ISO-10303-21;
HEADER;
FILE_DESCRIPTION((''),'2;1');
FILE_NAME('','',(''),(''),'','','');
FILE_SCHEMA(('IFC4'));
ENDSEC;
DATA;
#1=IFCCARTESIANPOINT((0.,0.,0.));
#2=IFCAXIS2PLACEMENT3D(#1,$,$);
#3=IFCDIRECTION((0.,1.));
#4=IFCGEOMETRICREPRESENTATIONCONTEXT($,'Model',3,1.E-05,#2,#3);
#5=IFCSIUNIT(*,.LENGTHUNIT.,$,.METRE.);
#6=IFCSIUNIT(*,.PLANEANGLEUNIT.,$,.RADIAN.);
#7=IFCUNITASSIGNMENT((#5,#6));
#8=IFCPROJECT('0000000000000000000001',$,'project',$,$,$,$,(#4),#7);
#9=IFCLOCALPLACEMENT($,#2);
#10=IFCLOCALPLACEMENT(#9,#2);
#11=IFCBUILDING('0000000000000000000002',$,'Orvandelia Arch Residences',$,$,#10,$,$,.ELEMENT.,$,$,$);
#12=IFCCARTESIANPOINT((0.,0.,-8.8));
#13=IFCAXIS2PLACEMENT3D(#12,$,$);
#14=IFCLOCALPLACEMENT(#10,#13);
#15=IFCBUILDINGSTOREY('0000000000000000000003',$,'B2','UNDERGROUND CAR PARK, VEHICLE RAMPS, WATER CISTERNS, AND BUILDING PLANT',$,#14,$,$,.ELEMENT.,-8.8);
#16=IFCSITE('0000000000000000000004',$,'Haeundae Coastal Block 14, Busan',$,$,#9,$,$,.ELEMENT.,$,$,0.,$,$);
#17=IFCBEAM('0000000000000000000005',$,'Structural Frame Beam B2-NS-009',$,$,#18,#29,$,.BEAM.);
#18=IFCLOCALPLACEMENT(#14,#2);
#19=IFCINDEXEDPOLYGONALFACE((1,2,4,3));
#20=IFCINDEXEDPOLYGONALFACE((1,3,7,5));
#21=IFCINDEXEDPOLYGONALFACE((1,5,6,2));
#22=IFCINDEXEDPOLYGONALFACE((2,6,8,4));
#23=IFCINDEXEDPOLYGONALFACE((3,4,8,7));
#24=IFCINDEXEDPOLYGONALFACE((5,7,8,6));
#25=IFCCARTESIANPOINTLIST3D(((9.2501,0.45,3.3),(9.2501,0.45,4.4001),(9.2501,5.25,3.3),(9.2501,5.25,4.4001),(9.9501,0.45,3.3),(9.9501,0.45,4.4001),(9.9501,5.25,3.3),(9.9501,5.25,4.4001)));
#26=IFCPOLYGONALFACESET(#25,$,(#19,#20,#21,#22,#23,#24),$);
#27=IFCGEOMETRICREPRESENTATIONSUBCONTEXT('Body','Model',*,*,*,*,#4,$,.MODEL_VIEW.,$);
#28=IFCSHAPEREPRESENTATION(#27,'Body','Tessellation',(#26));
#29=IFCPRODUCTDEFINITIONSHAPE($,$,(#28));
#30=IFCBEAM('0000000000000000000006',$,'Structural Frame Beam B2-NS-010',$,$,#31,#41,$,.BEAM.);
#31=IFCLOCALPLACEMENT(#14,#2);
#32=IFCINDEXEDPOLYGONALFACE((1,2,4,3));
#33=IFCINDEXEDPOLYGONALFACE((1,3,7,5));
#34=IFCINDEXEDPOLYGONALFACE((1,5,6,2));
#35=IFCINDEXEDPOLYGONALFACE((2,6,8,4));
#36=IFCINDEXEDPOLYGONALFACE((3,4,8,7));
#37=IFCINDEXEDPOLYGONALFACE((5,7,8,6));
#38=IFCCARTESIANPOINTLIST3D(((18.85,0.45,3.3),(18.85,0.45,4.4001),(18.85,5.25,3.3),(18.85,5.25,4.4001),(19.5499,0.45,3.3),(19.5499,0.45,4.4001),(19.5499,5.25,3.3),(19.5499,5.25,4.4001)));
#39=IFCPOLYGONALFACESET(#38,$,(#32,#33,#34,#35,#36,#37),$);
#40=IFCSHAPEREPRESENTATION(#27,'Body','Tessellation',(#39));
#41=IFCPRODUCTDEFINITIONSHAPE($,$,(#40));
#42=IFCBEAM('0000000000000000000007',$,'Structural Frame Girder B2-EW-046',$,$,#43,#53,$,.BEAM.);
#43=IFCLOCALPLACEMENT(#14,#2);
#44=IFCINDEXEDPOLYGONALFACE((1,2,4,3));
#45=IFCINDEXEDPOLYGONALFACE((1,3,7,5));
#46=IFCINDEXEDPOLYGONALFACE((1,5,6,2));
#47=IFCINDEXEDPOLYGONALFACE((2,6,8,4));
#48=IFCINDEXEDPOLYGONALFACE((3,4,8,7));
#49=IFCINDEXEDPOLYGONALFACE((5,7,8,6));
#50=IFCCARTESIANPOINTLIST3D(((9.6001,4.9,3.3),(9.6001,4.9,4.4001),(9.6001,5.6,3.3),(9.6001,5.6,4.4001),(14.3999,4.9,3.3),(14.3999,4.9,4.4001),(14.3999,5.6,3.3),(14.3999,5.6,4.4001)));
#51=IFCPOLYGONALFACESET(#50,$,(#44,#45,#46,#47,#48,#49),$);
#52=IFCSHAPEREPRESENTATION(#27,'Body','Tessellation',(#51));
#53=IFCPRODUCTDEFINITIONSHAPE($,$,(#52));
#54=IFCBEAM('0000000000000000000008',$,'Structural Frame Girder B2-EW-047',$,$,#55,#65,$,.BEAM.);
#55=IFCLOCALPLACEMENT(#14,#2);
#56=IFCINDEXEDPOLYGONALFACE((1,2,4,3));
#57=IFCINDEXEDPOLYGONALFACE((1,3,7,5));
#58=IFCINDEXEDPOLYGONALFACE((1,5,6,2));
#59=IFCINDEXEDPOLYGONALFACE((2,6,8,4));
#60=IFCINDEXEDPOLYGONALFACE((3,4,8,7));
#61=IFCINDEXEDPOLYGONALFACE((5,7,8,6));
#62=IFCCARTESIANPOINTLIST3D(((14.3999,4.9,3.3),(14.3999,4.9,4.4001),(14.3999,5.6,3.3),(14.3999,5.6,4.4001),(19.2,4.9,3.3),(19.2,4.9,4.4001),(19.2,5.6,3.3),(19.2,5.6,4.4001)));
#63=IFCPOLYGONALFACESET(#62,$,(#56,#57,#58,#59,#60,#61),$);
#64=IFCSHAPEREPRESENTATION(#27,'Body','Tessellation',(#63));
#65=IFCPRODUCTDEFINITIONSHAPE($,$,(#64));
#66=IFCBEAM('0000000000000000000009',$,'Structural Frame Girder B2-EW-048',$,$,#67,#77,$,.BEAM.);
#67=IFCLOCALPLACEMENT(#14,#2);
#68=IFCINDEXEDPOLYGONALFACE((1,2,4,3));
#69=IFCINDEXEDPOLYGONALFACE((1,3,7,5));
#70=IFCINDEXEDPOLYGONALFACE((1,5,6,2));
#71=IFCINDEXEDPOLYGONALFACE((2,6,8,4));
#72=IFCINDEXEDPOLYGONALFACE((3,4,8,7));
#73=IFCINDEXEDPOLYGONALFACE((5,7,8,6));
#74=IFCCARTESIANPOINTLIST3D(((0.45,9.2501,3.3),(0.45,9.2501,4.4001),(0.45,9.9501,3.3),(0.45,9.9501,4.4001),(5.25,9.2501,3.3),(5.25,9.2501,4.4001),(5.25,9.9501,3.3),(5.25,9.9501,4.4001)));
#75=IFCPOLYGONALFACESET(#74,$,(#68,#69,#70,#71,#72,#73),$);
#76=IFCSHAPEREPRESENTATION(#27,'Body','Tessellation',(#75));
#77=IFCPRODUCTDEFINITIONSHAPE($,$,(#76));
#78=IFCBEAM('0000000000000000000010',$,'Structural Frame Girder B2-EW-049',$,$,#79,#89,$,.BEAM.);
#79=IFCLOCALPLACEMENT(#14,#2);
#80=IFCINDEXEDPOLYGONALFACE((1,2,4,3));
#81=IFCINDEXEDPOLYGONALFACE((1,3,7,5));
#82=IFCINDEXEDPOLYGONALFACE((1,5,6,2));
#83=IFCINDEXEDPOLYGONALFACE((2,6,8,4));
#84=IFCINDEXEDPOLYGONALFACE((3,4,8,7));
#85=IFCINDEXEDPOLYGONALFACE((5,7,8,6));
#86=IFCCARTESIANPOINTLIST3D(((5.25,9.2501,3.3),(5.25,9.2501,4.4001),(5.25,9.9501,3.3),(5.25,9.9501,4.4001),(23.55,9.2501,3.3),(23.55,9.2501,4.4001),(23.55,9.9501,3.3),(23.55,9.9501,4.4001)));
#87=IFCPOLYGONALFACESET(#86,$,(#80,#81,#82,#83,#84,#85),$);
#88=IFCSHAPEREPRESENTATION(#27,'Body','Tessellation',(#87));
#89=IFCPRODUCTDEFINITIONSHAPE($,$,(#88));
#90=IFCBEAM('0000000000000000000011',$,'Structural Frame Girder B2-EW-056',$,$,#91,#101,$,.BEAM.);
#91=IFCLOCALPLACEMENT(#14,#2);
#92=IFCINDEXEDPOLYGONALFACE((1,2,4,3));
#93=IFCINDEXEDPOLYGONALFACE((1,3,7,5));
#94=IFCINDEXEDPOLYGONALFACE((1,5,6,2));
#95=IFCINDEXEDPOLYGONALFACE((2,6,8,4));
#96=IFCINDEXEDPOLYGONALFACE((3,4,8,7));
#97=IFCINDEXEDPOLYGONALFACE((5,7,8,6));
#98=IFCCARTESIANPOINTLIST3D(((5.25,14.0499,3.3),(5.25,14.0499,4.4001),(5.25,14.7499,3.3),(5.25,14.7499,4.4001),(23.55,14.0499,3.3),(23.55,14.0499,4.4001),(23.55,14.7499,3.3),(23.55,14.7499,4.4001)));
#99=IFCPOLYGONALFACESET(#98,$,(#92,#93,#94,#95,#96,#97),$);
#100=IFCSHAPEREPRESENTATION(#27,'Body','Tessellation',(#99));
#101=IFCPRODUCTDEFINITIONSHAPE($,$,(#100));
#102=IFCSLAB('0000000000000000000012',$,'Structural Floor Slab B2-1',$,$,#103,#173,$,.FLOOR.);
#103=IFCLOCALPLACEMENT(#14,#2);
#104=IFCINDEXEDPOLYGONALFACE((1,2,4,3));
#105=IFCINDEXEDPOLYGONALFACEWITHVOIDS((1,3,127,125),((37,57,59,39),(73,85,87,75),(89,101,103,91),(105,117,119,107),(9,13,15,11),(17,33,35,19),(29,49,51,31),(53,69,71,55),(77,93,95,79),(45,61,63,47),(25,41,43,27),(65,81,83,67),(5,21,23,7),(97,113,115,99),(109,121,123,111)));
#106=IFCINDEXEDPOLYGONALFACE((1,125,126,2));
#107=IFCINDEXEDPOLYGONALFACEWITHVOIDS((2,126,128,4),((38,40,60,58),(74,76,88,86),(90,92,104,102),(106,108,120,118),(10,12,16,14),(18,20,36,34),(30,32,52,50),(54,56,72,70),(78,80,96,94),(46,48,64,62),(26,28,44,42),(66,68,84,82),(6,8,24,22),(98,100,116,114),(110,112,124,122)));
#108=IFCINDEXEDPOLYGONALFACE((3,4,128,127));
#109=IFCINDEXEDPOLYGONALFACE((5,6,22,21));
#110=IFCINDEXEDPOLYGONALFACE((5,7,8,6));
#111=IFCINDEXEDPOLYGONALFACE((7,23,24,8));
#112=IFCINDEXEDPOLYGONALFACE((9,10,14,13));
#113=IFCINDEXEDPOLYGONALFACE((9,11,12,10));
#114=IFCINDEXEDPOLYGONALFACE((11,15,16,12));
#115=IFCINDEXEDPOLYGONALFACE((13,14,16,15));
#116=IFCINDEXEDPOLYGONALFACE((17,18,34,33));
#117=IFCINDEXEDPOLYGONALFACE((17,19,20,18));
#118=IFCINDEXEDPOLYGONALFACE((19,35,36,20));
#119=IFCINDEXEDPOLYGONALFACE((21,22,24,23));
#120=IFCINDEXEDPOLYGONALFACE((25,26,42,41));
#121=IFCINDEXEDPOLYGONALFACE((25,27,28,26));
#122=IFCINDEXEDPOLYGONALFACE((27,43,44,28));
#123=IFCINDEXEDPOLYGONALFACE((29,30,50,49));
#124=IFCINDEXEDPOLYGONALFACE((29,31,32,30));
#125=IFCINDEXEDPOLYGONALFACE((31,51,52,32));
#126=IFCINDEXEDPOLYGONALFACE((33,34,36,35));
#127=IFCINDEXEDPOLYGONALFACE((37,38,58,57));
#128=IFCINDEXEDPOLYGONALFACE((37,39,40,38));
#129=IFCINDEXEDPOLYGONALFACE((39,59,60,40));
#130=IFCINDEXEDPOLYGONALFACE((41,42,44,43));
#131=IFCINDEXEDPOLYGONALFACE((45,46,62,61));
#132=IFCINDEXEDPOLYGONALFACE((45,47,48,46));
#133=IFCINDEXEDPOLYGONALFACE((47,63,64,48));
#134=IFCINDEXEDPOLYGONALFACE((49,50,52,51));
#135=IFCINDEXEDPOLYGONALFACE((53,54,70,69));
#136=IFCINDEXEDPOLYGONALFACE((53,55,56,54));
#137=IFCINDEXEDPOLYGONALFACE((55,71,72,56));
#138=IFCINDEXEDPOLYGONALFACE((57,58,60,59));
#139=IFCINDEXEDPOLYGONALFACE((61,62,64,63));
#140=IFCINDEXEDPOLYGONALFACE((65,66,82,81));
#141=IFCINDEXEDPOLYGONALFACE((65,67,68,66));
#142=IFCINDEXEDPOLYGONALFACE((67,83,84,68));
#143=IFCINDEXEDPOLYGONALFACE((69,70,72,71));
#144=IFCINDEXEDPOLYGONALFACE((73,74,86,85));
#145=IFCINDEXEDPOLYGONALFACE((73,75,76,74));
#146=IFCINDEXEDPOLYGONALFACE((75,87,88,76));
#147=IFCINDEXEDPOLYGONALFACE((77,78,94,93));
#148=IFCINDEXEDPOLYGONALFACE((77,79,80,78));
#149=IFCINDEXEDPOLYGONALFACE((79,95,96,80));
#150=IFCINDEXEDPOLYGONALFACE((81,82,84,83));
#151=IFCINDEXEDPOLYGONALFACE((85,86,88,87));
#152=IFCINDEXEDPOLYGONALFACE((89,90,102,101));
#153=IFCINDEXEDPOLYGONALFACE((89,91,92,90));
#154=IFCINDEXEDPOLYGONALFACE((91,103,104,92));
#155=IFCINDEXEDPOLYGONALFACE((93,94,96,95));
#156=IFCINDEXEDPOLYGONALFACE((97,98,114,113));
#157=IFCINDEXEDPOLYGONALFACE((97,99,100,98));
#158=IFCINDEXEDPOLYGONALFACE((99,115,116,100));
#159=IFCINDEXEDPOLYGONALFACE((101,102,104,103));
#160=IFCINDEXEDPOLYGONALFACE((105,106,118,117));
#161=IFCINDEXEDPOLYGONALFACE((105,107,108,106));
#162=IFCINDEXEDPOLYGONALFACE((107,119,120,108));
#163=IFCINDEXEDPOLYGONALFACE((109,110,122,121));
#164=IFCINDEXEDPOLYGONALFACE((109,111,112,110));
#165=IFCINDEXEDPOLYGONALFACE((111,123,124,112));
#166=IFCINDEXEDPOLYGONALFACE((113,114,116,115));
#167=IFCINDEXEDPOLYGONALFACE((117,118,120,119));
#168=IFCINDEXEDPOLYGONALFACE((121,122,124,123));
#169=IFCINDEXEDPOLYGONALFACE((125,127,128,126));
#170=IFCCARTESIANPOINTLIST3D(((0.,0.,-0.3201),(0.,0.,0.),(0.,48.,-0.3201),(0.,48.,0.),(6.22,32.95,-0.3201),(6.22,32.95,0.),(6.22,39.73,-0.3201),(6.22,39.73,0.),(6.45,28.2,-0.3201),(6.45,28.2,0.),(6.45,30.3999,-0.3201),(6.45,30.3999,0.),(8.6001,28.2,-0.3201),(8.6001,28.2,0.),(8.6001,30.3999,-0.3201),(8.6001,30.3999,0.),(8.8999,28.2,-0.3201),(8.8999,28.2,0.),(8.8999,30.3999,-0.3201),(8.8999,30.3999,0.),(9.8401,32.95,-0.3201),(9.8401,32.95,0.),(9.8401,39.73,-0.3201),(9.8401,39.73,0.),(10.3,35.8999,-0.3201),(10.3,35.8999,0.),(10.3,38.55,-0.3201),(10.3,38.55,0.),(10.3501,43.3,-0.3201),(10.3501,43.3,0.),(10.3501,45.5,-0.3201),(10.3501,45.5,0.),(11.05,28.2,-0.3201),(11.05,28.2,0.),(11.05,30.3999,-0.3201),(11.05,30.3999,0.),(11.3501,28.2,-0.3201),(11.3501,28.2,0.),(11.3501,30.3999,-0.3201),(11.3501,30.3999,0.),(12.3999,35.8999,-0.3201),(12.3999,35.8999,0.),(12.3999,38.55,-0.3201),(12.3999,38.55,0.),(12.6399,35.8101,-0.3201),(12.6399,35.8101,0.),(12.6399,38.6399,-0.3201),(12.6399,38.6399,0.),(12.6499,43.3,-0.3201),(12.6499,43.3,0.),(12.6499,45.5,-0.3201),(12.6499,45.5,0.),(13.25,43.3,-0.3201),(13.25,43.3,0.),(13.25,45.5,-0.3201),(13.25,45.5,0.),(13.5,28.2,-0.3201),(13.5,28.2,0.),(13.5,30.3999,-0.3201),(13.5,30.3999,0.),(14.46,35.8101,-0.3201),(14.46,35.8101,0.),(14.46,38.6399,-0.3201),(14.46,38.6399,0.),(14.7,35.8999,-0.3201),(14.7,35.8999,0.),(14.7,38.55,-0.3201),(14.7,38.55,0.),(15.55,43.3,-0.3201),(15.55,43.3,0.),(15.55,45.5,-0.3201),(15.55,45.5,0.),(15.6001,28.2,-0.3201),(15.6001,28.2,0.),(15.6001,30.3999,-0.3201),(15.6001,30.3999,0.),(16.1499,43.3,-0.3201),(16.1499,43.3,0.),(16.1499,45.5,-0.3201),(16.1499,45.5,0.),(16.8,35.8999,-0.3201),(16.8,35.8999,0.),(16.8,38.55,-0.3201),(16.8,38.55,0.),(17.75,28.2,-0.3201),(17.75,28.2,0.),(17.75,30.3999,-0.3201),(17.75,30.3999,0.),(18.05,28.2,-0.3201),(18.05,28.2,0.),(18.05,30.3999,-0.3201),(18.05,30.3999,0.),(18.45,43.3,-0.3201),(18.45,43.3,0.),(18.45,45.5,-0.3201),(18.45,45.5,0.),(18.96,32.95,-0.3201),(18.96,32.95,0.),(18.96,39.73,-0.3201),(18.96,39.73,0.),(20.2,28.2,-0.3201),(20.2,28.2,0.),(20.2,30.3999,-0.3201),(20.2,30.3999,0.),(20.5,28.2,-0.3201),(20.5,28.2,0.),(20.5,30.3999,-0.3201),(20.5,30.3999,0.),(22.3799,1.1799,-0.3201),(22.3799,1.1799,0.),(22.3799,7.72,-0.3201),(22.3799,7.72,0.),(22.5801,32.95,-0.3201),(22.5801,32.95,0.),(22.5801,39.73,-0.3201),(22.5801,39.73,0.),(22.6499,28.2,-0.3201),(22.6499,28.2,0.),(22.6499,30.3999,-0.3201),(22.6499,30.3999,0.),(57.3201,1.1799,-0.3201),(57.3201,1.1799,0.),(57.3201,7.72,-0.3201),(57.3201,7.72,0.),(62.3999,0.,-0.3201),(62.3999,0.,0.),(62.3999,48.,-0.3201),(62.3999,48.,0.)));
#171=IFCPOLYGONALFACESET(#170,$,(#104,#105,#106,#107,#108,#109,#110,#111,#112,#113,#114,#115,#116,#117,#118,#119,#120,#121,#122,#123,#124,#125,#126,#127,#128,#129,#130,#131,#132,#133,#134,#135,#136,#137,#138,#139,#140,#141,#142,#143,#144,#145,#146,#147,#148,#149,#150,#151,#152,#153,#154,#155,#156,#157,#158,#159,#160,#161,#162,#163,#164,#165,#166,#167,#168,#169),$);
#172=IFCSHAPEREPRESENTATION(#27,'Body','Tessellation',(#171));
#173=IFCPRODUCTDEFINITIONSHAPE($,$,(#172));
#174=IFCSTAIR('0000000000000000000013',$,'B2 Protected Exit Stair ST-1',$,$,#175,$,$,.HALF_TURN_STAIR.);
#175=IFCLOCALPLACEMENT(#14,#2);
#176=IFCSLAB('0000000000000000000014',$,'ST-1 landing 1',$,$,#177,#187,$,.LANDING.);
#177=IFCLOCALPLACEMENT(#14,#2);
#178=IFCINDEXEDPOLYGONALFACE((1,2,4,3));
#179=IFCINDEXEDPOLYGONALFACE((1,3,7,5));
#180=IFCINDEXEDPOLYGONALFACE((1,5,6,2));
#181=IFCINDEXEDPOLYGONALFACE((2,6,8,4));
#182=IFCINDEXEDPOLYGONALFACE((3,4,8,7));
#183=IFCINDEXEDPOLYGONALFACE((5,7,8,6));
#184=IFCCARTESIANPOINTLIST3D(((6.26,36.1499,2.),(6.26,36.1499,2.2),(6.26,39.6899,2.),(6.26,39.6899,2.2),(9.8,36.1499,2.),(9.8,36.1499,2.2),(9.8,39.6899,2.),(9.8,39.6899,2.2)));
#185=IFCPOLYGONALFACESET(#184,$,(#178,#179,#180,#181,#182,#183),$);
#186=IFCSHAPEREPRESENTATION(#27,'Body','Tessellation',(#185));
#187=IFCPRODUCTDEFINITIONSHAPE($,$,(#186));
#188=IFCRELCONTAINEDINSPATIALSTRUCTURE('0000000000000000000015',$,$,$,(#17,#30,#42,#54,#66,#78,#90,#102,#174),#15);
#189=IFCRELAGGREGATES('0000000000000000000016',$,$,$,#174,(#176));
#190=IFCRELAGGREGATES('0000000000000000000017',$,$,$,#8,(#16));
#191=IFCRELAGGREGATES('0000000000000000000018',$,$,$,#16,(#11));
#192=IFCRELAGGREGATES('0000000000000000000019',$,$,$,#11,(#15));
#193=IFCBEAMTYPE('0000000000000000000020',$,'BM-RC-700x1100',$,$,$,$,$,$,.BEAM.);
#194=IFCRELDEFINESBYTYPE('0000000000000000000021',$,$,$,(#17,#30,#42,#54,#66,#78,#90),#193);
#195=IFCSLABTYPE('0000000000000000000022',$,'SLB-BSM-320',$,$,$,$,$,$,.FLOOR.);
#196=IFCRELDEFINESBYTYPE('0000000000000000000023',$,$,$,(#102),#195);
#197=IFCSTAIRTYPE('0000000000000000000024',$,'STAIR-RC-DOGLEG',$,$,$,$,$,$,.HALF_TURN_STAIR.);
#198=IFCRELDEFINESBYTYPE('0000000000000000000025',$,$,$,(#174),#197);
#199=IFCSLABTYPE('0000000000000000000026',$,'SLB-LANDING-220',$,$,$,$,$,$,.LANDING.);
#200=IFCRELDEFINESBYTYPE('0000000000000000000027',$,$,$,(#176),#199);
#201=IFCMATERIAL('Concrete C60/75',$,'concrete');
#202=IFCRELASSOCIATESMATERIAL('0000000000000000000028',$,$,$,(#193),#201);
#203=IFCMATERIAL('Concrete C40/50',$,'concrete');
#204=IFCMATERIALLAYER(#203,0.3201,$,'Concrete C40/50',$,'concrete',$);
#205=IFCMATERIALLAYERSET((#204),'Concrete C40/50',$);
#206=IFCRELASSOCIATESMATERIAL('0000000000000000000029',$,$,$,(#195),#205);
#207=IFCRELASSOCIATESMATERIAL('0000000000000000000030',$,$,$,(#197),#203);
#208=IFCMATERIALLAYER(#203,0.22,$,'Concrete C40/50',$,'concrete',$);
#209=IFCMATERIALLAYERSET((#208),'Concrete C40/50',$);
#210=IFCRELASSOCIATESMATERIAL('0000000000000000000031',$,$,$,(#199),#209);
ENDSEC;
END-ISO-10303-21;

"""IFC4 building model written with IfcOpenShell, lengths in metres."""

from ifc_helpers import new_model, si_unit, direction, frame, origin, origin_2d, place, context, subcontext, project, spatial, polyline, rectangle, outline, extrude, material, layer, layer_set, material_profile, profile_set, type_object, element, aggregate, save


model = new_model("IFC4")

# Units and contexts
model_context = context("Model", 3, precision=1e-05, world=origin(), true_north=direction((0.0, 1.0)))
body_context = subcontext(model_context, "Body", "Model", "MODEL_VIEW")
ifc_project = project(units=[si_unit("LENGTHUNIT", "METRE"), si_unit("PLANEANGLEUNIT", "RADIAN")], contexts=[model_context])

# Site, building, storey
site_placement = place(None, origin())
site = spatial("IfcSite", under=ifc_project, at=site_placement, Name="Haeundae Coastal Block 14, Busan", CompositionType="ELEMENT", RefElevation=0.0)
building_placement = place(site_placement, origin())
building = spatial("IfcBuilding", under=site, at=building_placement, Name="Orvandelia Arch Residences", CompositionType="ELEMENT")
storey_placement = place(building_placement, frame((0.0, 0.0, -8.8)))
storey = spatial("IfcBuildingStorey", under=building, at=storey_placement, Name="B2", Description="UNDERGROUND CAR PARK, VEHICLE RAMPS, WATER CISTERNS, AND BUILDING PLANT", CompositionType="ELEMENT", Elevation=-8.8)

# Shared definitions
ifc_material_1 = material(Name="Concrete C60/75", Category="concrete")

# Beams
ifc_material_profile_1 = material_profile(ifc_material_1, rectangle(XDim=0.7, YDim=1.1001, at=origin_2d()), Name="Concrete C60/75", Category="concrete")
ifc_profile_set_1 = profile_set([ifc_material_profile_1], Name="Concrete C60/75")
beam_type = type_object("IfcBeamType", Name="BM-RC-700x1100", PredefinedType="BEAM", material=ifc_profile_set_1)
for number, where, z_axis, x_axis, name in (
    (1, (9.6001, 0.45, 3.8501), (0.0, 1.0, 0.0), (-1.0, 0.0, 0.0), "Structural Frame Beam B2-NS-009"),
    (2, (19.2, 0.45, 3.8501), (0.0, 1.0, 0.0), (-1.0, 0.0, 0.0), "Structural Frame Beam B2-NS-010"),
):
    element("IfcBeam", number, at=place(storey_placement, frame(where, z_axis=z_axis, x_axis=x_axis)), inside=storey, type_object=beam_type, Name=name, PredefinedType="BEAM", context=body_context, shape_type="SweptSolid", body=[
        extrude(rectangle(XDim=0.7, YDim=1.1001, at=origin_2d()), origin(), (0.0, 0.0, 1.0), 4.8),
    ])
beam_1_placement = place(storey_placement, frame((9.6001, 5.25, 3.8501), z_axis=(1.0, 0.0, 0.0), x_axis=(0.0, 1.0, 0.0)))
element("IfcBeam", 3, at=beam_1_placement, inside=storey, type_object=beam_type, Name="Structural Frame Girder B2-EW-046", PredefinedType="BEAM", context=body_context, shape_type="SweptSolid", body=[
    extrude(rectangle(XDim=0.7, YDim=1.1001, at=origin_2d()), origin(), (0.0, 0.0, 1.0), 4.7998),
])
for number, where, z_axis, x_axis, name in (
    (4, (14.3999, 5.25, 3.8501), (1.0, 0.0, 0.0), (0.0, 1.0, 0.0), "Structural Frame Girder B2-EW-047"),
    (5, (0.45, 9.6001, 3.8501), (1.0, 0.0, 0.0), (0.0, 1.0, 0.0), "Structural Frame Girder B2-EW-048"),
):
    element("IfcBeam", number, at=place(storey_placement, frame(where, z_axis=z_axis, x_axis=x_axis)), inside=storey, type_object=beam_type, Name=name, PredefinedType="BEAM", context=body_context, shape_type="SweptSolid", body=[
        extrude(rectangle(XDim=0.7, YDim=1.1001, at=origin_2d()), origin(), (0.0, 0.0, 1.0), 4.8),
    ])
for number, where, z_axis, x_axis, name in (
    (6, (5.25, 9.6001, 3.8501), (1.0, 0.0, 0.0), (0.0, 1.0, 0.0), "Structural Frame Girder B2-EW-049"),
    (7, (5.25, 14.3999, 3.8501), (1.0, 0.0, 0.0), (0.0, 1.0, 0.0), "Structural Frame Girder B2-EW-056"),
):
    element("IfcBeam", number, at=place(storey_placement, frame(where, z_axis=z_axis, x_axis=x_axis)), inside=storey, type_object=beam_type, Name=name, PredefinedType="BEAM", context=body_context, shape_type="SweptSolid", body=[
        extrude(rectangle(XDim=0.7, YDim=1.1001, at=origin_2d()), origin(), (0.0, 0.0, 1.0), 18.3),
    ])

# Slab
ifc_material_2 = material(Name="Concrete C40/50", Category="concrete")
ifc_layer_1 = layer(ifc_material_2, 0.3201, Name="Concrete C40/50", Category="concrete")
ifc_layer_set_1 = layer_set([ifc_layer_1], Name="Concrete C40/50")
slab_type_1 = type_object("IfcSlabType", Name="SLB-BSM-320", PredefinedType="FLOOR", material=ifc_layer_set_1)
slab_1_placement = place(storey_placement, frame((0.0, 0.0, -0.3201)))
element("IfcSlab", 8, at=slab_1_placement, inside=storey, type_object=slab_type_1, Name="Structural Floor Slab B2-1", PredefinedType="FLOOR", context=body_context, shape_type="SweptSolid", body=[
    extrude(outline(polyline([(0.0, 0.0), (62.3999, 0.0), (62.3999, 48.0), (0.0, 48.0), (0.0, 0.0)]), holes=[polyline([(6.22, 32.95), (9.8401, 32.95), (9.8401, 39.73), (6.22, 39.73), (6.22, 32.95)]), polyline([(18.96, 32.95), (22.5801, 32.95), (22.5801, 39.73), (18.96, 39.73), (18.96, 32.95)]), polyline([(12.6399, 35.8101), (14.46, 35.8101), (14.46, 38.6399), (12.6399, 38.6399), (12.6399, 35.8101)]), polyline([(10.3, 35.8999), (12.3999, 35.8999), (12.3999, 38.55), (10.3, 38.55), (10.3, 35.8999)]), polyline([(14.7, 35.8999), (16.8, 35.8999), (16.8, 38.55), (14.7, 38.55), (14.7, 35.8999)]), polyline([(10.3501, 43.3), (12.6499, 43.3), (12.6499, 45.5), (10.3501, 45.5), (10.3501, 43.3)]), polyline([(13.25, 43.3), (15.55, 43.3), (15.55, 45.5), (13.25, 45.5), (13.25, 43.3)]), polyline([(16.1499, 43.3), (18.45, 43.3), (18.45, 45.5), (16.1499, 45.5), (16.1499, 43.3)]), polyline([(6.45, 28.2), (8.6001, 28.2), (8.6001, 30.3999), (6.45, 30.3999), (6.45, 28.2)]), polyline([(8.8999, 28.2), (11.05, 28.2), (11.05, 30.3999), (8.8999, 30.3999), (8.8999, 28.2)]), polyline([(11.3501, 28.2), (13.5, 28.2), (13.5, 30.3999), (11.3501, 30.3999), (11.3501, 28.2)]), polyline([(15.6001, 28.2), (17.75, 28.2), (17.75, 30.3999), (15.6001, 30.3999), (15.6001, 28.2)]), polyline([(18.05, 28.2), (20.2, 28.2), (20.2, 30.3999), (18.05, 30.3999), (18.05, 28.2)]), polyline([(20.5, 28.2), (22.6499, 28.2), (22.6499, 30.3999), (20.5, 30.3999), (20.5, 28.2)]), polyline([(22.3799, 1.1799), (57.3201, 1.1799), (57.3201, 7.72), (22.3799, 7.72), (22.3799, 1.1799)])]), origin(), (0.0, 0.0, 1.0), 0.3201),
])

# Stair, slab
stair_type = type_object("IfcStairType", Name="STAIR-RC-DOGLEG", PredefinedType="HALF_TURN_STAIR", material=ifc_material_2)
stair_1_placement = place(storey_placement, origin())
stair_1 = element("IfcStair", 9, at=stair_1_placement, inside=storey, type_object=stair_type, Name="B2 Protected Exit Stair ST-1", PredefinedType="HALF_TURN_STAIR")
ifc_layer_2 = layer(ifc_material_2, 0.22, Name="Concrete C40/50", Category="concrete")
ifc_layer_set_2 = layer_set([ifc_layer_2], Name="Concrete C40/50")
slab_type_2 = type_object("IfcSlabType", Name="SLB-LANDING-220", PredefinedType="LANDING", material=ifc_layer_set_2)
slab_2_placement = place(storey_placement, frame((0.0, 0.0, 2.0)))
slab_2 = element("IfcSlab", 10, at=slab_2_placement, type_object=slab_type_2, Name="ST-1 landing 1", PredefinedType="LANDING", context=body_context, shape_type="SweptSolid", body=[
    extrude(outline(polyline([(9.8, 36.1499), (9.8, 39.6899), (6.26, 39.6899), (6.26, 36.1499), (9.8, 36.1499)])), origin(), (0.0, 0.0, 1.0), 0.2),
])
aggregate(stair_1, [slab_2])

save(model, "model.ifc")
